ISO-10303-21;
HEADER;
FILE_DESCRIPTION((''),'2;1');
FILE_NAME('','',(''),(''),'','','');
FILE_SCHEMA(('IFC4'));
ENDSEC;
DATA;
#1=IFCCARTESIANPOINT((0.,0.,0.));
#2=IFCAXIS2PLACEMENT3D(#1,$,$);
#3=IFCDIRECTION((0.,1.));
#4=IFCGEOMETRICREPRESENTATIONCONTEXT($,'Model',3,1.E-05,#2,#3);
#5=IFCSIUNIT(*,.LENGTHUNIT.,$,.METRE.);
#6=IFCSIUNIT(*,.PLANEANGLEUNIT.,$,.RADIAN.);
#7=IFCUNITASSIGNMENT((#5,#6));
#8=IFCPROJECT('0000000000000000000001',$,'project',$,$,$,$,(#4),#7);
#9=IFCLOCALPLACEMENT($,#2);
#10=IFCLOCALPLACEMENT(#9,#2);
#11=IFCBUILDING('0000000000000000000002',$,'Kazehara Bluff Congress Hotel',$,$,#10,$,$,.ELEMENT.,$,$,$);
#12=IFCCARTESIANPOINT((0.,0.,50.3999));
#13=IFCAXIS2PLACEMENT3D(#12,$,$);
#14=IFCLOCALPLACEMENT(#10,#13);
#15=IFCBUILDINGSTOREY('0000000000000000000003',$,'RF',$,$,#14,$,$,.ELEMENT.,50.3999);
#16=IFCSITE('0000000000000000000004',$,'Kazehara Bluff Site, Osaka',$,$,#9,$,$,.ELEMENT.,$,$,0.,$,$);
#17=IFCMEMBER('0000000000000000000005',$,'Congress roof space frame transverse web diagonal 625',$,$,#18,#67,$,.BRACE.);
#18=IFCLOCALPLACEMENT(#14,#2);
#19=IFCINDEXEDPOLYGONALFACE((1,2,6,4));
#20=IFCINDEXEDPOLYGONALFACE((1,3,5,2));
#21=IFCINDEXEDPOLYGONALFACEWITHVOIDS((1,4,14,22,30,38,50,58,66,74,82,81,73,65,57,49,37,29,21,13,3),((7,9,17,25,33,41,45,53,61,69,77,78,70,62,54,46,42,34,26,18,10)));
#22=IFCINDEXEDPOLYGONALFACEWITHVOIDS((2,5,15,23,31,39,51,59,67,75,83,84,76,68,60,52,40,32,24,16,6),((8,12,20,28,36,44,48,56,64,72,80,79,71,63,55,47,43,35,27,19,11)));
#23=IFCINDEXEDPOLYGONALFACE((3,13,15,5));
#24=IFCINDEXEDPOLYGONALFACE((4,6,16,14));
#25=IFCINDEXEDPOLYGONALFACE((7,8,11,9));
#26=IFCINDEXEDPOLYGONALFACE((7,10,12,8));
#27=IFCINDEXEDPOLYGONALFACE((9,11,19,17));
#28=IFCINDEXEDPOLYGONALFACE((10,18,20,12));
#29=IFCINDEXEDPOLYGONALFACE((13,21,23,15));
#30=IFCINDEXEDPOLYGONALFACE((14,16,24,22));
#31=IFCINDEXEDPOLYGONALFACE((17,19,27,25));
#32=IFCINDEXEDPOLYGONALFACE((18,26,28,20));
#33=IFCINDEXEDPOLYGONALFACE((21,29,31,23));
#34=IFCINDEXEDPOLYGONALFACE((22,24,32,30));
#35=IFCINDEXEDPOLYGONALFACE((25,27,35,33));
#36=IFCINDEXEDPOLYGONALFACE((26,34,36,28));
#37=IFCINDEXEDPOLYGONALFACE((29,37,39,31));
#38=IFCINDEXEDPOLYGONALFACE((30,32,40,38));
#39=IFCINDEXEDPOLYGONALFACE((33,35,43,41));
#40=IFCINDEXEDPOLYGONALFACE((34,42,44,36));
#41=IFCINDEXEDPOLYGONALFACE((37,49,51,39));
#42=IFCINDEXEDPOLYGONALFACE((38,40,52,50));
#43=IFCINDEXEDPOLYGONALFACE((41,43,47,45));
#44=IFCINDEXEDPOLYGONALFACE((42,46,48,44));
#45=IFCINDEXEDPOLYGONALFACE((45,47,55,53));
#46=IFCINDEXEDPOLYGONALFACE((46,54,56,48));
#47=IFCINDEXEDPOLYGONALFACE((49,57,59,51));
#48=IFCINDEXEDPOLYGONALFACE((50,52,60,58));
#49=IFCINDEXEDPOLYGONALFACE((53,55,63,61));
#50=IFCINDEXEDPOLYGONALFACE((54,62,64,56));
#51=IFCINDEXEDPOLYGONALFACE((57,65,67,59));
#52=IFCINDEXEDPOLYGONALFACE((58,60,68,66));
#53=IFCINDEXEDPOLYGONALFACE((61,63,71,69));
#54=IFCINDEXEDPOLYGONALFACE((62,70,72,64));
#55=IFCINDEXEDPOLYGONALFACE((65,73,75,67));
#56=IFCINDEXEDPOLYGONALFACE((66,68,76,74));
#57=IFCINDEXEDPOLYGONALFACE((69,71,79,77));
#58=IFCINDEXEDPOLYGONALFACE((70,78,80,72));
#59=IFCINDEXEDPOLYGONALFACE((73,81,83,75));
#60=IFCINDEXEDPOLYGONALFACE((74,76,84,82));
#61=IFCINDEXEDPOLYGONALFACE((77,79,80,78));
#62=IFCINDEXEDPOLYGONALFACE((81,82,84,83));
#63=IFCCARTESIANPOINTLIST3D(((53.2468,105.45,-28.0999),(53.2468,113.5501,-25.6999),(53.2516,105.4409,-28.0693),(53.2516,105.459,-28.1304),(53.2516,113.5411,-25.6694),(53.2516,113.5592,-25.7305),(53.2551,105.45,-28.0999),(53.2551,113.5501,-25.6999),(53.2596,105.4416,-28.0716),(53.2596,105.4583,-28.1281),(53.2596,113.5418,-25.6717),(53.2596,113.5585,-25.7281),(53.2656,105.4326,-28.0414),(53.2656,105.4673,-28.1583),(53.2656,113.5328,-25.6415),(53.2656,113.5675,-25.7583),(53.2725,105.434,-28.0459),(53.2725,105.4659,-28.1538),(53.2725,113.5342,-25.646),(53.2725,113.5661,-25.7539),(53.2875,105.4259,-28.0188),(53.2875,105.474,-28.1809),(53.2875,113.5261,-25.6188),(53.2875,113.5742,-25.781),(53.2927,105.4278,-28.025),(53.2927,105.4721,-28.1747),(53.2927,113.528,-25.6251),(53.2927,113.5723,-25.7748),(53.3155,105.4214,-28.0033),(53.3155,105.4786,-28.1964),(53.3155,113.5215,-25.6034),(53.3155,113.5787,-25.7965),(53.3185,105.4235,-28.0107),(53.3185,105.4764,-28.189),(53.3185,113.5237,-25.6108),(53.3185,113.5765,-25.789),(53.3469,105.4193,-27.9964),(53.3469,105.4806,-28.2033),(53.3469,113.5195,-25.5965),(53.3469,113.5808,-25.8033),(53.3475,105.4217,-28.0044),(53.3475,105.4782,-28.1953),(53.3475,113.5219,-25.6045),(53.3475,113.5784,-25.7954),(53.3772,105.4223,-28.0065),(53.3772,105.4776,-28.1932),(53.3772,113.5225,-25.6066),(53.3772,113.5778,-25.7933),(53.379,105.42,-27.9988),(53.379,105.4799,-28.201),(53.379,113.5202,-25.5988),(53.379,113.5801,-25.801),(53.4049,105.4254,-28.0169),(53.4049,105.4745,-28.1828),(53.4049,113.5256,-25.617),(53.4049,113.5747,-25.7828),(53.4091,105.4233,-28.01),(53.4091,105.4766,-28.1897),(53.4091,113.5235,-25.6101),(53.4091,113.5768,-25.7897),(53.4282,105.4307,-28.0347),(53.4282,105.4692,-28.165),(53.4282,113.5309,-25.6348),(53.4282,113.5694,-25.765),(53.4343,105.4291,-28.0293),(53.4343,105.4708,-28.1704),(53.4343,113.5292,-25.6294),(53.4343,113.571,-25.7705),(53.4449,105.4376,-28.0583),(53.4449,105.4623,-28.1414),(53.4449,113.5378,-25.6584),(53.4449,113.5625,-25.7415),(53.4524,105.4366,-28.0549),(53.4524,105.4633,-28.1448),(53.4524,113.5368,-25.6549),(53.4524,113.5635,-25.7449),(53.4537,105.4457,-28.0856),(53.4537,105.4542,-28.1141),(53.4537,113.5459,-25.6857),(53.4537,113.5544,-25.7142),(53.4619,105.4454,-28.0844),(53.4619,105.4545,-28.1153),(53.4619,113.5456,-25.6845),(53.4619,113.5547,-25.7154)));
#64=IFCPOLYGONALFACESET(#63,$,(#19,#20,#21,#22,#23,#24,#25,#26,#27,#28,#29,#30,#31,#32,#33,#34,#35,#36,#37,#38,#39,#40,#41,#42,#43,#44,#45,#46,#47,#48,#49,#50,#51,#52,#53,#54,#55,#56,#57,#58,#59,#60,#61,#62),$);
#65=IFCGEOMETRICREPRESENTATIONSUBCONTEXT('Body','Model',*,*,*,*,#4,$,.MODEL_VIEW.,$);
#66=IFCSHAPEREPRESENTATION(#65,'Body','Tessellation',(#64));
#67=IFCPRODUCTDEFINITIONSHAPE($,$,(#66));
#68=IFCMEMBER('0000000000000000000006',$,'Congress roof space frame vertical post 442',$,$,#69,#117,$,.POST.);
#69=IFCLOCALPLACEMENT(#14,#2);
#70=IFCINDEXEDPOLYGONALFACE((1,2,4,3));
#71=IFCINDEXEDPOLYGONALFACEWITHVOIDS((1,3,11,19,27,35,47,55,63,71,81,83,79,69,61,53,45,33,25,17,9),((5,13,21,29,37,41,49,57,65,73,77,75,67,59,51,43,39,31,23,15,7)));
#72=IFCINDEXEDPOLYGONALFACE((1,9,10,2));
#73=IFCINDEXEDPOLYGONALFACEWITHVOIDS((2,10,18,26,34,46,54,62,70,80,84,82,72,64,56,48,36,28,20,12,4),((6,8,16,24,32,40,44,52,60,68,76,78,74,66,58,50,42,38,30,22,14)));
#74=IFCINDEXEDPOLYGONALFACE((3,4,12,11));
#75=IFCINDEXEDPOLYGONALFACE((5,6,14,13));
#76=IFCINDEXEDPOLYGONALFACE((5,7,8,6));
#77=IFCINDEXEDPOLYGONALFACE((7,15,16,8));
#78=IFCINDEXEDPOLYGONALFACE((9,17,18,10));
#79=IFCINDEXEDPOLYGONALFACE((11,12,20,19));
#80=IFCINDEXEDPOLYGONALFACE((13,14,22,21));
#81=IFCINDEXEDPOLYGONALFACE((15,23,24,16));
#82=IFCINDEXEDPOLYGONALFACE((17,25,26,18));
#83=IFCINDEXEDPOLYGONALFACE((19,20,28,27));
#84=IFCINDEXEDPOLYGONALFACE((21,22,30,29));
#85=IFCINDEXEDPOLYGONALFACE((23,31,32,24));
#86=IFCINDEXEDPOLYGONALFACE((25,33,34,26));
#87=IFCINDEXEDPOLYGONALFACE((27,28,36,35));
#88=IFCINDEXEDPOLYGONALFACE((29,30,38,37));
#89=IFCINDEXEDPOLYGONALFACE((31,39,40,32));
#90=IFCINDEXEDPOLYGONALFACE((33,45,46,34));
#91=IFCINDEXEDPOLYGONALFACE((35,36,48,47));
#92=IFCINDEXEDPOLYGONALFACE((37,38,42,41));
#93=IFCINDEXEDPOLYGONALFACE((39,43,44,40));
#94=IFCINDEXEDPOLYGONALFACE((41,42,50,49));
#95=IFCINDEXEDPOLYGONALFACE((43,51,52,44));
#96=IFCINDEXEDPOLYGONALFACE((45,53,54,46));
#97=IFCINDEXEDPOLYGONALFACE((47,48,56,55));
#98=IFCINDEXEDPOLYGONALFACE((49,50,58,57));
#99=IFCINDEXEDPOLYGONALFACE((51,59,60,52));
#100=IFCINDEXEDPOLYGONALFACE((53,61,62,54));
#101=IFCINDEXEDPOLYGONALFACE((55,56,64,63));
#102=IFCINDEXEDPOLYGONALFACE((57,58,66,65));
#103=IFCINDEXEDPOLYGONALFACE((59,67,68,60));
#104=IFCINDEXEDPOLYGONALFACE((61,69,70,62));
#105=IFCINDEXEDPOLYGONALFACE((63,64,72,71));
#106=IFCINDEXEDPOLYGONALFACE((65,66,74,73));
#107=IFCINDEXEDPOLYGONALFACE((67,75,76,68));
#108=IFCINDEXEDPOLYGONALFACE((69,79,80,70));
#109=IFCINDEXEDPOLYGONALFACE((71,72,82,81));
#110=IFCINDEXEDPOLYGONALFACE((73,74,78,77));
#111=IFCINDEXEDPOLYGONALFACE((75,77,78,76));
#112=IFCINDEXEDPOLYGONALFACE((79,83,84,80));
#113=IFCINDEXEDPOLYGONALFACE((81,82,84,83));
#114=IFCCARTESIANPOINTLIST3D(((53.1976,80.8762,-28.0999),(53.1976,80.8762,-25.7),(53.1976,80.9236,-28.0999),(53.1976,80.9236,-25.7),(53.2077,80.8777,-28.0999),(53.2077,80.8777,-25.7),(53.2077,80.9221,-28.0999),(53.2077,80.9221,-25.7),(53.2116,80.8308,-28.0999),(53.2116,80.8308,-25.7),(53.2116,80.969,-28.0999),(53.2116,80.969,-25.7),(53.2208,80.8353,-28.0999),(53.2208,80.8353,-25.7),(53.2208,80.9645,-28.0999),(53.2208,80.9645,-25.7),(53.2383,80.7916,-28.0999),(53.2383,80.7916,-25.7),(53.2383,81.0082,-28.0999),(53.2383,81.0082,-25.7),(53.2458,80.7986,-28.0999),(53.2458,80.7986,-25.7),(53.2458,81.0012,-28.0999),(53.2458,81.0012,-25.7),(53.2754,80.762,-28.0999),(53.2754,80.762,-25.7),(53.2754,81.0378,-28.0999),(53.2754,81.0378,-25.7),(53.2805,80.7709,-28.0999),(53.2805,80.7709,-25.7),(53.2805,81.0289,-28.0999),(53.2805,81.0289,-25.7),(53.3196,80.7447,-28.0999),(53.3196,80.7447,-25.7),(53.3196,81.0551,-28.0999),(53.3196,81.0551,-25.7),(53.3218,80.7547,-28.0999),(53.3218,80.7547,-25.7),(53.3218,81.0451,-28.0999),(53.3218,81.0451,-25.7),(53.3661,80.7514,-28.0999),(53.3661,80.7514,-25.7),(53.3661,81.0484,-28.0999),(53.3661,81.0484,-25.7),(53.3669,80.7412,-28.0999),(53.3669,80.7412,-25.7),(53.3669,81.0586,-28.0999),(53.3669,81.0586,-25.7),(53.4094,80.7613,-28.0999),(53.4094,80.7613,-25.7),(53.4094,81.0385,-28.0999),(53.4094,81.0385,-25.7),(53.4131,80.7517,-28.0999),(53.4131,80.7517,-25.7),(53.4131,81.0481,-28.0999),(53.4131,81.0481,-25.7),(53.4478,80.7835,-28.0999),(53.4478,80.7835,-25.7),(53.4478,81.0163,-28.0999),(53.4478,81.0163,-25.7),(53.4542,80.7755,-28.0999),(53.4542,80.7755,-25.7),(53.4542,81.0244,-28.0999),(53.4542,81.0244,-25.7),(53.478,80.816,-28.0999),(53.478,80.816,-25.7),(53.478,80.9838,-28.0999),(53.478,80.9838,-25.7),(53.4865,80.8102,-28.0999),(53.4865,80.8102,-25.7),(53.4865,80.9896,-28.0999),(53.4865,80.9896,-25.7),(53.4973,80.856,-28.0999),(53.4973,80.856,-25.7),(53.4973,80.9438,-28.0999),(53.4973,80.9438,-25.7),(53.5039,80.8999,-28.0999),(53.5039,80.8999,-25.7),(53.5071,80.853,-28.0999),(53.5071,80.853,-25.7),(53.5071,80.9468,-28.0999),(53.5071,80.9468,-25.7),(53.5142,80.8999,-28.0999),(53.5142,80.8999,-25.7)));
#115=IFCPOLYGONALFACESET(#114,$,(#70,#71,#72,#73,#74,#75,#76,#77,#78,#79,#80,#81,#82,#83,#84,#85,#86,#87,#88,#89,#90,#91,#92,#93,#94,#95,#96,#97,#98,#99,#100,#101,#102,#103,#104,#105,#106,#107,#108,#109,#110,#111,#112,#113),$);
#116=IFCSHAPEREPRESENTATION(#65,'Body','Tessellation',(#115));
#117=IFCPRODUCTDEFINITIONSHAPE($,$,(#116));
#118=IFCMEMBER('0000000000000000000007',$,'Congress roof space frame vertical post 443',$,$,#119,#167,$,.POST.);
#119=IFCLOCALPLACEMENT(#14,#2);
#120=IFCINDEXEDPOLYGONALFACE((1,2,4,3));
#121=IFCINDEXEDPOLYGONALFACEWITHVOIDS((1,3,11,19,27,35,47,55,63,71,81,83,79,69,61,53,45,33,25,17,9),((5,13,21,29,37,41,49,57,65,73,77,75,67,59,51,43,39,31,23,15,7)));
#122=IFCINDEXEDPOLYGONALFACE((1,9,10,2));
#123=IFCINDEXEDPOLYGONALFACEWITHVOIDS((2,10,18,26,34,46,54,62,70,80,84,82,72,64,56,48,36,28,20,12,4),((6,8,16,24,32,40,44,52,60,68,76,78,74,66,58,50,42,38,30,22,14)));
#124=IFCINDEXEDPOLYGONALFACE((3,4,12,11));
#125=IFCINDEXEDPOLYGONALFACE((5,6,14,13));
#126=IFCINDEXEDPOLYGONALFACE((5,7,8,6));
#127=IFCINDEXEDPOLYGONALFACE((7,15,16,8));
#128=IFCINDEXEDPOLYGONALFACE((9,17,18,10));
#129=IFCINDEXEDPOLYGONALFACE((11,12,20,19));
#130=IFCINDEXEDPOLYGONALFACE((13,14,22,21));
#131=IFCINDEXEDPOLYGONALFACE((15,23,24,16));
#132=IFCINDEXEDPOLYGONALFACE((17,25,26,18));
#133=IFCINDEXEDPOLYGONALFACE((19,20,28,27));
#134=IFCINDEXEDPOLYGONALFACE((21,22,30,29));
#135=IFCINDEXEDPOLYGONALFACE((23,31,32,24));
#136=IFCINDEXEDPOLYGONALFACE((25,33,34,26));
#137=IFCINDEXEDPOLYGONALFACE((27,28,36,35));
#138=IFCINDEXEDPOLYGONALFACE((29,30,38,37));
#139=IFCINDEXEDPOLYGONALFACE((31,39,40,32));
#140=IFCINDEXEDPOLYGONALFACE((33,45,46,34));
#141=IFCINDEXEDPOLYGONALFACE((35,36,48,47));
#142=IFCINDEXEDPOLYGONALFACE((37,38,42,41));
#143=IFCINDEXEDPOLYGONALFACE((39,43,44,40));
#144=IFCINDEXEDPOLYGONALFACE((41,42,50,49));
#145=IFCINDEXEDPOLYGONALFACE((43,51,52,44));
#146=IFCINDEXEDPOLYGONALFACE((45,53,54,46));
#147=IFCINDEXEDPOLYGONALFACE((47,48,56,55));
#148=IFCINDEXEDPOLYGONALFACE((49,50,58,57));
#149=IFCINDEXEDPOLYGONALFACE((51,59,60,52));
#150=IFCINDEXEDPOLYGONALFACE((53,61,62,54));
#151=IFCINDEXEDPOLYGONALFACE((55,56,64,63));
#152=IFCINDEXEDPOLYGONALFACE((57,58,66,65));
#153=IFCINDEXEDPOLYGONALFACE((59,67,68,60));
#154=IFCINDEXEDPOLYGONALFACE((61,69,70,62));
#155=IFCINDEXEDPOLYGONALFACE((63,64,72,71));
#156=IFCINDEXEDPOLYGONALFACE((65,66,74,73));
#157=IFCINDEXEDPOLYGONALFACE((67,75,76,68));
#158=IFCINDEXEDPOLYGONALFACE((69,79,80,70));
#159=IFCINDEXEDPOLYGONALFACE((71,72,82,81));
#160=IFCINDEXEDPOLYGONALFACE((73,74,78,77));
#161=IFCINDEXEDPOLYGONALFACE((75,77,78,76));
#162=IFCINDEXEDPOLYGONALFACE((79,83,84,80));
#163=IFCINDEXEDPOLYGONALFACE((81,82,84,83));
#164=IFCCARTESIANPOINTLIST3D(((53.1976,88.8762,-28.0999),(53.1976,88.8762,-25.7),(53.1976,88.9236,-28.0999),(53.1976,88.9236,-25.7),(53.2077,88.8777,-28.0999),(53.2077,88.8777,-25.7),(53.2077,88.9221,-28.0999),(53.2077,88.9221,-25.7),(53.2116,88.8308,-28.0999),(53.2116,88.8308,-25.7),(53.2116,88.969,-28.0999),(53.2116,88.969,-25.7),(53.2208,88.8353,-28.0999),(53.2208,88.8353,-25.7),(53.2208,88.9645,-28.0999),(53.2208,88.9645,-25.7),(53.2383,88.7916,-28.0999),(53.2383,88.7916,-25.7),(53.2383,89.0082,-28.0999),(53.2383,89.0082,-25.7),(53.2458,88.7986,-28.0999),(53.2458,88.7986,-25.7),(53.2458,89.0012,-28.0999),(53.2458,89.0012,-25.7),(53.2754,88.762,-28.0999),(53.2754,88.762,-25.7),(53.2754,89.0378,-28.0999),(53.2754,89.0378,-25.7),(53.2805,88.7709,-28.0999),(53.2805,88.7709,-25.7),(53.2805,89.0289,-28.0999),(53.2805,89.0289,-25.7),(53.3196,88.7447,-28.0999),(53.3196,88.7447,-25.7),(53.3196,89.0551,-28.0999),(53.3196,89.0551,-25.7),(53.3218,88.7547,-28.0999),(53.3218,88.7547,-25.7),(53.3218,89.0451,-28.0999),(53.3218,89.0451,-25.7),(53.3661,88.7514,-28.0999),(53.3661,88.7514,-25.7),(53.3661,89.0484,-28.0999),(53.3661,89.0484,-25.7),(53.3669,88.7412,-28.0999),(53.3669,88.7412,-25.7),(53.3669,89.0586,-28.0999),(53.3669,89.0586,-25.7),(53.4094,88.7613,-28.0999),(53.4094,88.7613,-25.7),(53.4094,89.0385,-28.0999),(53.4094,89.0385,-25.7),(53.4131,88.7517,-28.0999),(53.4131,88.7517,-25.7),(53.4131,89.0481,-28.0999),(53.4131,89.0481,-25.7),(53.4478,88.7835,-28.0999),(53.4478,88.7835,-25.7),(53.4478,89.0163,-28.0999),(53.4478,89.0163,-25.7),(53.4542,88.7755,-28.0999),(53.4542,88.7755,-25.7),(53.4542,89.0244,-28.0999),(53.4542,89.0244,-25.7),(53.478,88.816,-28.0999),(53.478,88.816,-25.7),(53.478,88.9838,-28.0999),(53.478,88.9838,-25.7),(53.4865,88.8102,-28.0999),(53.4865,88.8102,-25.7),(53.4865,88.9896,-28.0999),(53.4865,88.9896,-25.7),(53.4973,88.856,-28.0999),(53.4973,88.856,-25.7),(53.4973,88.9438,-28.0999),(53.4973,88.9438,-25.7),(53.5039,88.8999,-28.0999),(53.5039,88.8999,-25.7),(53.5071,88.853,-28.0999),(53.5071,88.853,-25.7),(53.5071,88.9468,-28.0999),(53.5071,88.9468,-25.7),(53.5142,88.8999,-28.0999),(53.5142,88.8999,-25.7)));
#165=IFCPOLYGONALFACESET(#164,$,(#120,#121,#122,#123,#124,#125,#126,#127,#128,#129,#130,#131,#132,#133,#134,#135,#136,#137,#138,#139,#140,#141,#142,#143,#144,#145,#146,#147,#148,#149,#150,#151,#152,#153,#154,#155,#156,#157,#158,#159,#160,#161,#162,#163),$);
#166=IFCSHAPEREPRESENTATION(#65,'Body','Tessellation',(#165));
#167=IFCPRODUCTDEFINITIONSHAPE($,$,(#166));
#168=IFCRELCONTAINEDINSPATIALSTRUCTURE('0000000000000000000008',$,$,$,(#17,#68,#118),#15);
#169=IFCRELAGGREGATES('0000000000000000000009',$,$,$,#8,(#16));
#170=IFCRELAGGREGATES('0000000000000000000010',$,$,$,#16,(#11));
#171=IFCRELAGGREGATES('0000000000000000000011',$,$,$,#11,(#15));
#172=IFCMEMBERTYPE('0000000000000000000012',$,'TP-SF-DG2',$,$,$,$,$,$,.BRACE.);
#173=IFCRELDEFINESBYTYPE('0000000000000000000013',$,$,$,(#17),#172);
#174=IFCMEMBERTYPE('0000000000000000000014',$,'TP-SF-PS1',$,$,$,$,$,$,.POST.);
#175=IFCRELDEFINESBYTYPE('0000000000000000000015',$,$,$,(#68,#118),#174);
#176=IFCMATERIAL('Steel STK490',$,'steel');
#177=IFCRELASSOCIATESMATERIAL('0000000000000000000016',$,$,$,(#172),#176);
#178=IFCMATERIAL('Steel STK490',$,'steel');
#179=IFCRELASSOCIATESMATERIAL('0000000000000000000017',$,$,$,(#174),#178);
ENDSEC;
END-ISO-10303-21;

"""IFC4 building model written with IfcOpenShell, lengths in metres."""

from ifc_helpers import new_model, si_unit, direction, frame, origin, origin_2d, place, context, subcontext, project, spatial, hollow_circle, extrude, material, material_profile, profile_set, type_object, element, save


model = new_model("IFC4")

# Units and contexts
model_context = context("Model", 3, precision=1e-05, world=origin(), true_north=direction((0.0, 1.0)))
body_context = subcontext(model_context, "Body", "Model", "MODEL_VIEW")
ifc_project = project(units=[si_unit("LENGTHUNIT", "METRE"), si_unit("PLANEANGLEUNIT", "RADIAN")], contexts=[model_context])

# Site, building, storey
site_placement = place(None, origin())
site = spatial("IfcSite", under=ifc_project, at=site_placement, Name="Kazehara Bluff Site, Osaka", CompositionType="ELEMENT", RefElevation=0.0)
building_placement = place(site_placement, origin())
building = spatial("IfcBuilding", under=site, at=building_placement, Name="Kazehara Bluff Congress Hotel", CompositionType="ELEMENT")
storey_placement = place(building_placement, frame((0.0, 0.0, 50.3999)))
storey = spatial("IfcBuildingStorey", under=building, at=storey_placement, Name="RF", CompositionType="ELEMENT", Elevation=50.3999)

# Members
ifc_material_1 = material(Name="Steel STK490", Category="steel")
ifc_material_profile_1 = material_profile(ifc_material_1, hollow_circle(Radius=0.1082, WallThickness=0.0083, at=origin_2d()))
ifc_profile_set_1 = profile_set([ifc_material_profile_1], Name="Steel STK490")
member_type_1 = type_object("IfcMemberType", Name="TP-SF-DG2", PredefinedType="BRACE", material=ifc_profile_set_1)
member_1_placement = place(storey_placement, frame((53.355, 105.45, -28.0999), z_axis=(0.0, 0.958802, 0.284075), x_axis=(-1.0, 0.0, 0.0)))
element("IfcMember", 1, at=member_1_placement, inside=storey, type_object=member_type_1, Name="Congress roof space frame transverse web diagonal 625", PredefinedType="BRACE", context=body_context, shape_type="SweptSolid", body=[
    extrude(hollow_circle(Radius=0.1082, WallThickness=0.0083, at=origin_2d()), origin(), (0.0, 0.0, 1.0), 8.4482),
])
ifc_material_2 = material(Name="Steel STK490", Category="steel")
ifc_material_profile_2 = material_profile(ifc_material_2, hollow_circle(Radius=0.1592, WallThickness=0.0103, at=origin_2d()))
ifc_profile_set_2 = profile_set([ifc_material_profile_2], Name="Steel STK490")
member_type_2 = type_object("IfcMemberType", Name="TP-SF-PS1", PredefinedType="POST", material=ifc_profile_set_2)
for number, where, z_axis, x_axis, name in (
    (2, (53.355, 80.8999, -28.0999), (0.0, 0.0, 1.0), (1.0, 0.0, 0.0), "Congress roof space frame vertical post 442"),
    (3, (53.355, 88.8999, -28.0999), (0.0, 0.0, 1.0), (1.0, 0.0, 0.0), "Congress roof space frame vertical post 443"),
):
    element("IfcMember", number, at=place(storey_placement, frame(where, z_axis=z_axis, x_axis=x_axis)), inside=storey, type_object=member_type_2, Name=name, PredefinedType="POST", context=body_context, shape_type="SweptSolid", body=[
        extrude(hollow_circle(Radius=0.1592, WallThickness=0.0103, at=origin_2d()), origin(), (0.0, 0.0, 1.0), 2.3999),
    ])

save(model, "model.ifc")
